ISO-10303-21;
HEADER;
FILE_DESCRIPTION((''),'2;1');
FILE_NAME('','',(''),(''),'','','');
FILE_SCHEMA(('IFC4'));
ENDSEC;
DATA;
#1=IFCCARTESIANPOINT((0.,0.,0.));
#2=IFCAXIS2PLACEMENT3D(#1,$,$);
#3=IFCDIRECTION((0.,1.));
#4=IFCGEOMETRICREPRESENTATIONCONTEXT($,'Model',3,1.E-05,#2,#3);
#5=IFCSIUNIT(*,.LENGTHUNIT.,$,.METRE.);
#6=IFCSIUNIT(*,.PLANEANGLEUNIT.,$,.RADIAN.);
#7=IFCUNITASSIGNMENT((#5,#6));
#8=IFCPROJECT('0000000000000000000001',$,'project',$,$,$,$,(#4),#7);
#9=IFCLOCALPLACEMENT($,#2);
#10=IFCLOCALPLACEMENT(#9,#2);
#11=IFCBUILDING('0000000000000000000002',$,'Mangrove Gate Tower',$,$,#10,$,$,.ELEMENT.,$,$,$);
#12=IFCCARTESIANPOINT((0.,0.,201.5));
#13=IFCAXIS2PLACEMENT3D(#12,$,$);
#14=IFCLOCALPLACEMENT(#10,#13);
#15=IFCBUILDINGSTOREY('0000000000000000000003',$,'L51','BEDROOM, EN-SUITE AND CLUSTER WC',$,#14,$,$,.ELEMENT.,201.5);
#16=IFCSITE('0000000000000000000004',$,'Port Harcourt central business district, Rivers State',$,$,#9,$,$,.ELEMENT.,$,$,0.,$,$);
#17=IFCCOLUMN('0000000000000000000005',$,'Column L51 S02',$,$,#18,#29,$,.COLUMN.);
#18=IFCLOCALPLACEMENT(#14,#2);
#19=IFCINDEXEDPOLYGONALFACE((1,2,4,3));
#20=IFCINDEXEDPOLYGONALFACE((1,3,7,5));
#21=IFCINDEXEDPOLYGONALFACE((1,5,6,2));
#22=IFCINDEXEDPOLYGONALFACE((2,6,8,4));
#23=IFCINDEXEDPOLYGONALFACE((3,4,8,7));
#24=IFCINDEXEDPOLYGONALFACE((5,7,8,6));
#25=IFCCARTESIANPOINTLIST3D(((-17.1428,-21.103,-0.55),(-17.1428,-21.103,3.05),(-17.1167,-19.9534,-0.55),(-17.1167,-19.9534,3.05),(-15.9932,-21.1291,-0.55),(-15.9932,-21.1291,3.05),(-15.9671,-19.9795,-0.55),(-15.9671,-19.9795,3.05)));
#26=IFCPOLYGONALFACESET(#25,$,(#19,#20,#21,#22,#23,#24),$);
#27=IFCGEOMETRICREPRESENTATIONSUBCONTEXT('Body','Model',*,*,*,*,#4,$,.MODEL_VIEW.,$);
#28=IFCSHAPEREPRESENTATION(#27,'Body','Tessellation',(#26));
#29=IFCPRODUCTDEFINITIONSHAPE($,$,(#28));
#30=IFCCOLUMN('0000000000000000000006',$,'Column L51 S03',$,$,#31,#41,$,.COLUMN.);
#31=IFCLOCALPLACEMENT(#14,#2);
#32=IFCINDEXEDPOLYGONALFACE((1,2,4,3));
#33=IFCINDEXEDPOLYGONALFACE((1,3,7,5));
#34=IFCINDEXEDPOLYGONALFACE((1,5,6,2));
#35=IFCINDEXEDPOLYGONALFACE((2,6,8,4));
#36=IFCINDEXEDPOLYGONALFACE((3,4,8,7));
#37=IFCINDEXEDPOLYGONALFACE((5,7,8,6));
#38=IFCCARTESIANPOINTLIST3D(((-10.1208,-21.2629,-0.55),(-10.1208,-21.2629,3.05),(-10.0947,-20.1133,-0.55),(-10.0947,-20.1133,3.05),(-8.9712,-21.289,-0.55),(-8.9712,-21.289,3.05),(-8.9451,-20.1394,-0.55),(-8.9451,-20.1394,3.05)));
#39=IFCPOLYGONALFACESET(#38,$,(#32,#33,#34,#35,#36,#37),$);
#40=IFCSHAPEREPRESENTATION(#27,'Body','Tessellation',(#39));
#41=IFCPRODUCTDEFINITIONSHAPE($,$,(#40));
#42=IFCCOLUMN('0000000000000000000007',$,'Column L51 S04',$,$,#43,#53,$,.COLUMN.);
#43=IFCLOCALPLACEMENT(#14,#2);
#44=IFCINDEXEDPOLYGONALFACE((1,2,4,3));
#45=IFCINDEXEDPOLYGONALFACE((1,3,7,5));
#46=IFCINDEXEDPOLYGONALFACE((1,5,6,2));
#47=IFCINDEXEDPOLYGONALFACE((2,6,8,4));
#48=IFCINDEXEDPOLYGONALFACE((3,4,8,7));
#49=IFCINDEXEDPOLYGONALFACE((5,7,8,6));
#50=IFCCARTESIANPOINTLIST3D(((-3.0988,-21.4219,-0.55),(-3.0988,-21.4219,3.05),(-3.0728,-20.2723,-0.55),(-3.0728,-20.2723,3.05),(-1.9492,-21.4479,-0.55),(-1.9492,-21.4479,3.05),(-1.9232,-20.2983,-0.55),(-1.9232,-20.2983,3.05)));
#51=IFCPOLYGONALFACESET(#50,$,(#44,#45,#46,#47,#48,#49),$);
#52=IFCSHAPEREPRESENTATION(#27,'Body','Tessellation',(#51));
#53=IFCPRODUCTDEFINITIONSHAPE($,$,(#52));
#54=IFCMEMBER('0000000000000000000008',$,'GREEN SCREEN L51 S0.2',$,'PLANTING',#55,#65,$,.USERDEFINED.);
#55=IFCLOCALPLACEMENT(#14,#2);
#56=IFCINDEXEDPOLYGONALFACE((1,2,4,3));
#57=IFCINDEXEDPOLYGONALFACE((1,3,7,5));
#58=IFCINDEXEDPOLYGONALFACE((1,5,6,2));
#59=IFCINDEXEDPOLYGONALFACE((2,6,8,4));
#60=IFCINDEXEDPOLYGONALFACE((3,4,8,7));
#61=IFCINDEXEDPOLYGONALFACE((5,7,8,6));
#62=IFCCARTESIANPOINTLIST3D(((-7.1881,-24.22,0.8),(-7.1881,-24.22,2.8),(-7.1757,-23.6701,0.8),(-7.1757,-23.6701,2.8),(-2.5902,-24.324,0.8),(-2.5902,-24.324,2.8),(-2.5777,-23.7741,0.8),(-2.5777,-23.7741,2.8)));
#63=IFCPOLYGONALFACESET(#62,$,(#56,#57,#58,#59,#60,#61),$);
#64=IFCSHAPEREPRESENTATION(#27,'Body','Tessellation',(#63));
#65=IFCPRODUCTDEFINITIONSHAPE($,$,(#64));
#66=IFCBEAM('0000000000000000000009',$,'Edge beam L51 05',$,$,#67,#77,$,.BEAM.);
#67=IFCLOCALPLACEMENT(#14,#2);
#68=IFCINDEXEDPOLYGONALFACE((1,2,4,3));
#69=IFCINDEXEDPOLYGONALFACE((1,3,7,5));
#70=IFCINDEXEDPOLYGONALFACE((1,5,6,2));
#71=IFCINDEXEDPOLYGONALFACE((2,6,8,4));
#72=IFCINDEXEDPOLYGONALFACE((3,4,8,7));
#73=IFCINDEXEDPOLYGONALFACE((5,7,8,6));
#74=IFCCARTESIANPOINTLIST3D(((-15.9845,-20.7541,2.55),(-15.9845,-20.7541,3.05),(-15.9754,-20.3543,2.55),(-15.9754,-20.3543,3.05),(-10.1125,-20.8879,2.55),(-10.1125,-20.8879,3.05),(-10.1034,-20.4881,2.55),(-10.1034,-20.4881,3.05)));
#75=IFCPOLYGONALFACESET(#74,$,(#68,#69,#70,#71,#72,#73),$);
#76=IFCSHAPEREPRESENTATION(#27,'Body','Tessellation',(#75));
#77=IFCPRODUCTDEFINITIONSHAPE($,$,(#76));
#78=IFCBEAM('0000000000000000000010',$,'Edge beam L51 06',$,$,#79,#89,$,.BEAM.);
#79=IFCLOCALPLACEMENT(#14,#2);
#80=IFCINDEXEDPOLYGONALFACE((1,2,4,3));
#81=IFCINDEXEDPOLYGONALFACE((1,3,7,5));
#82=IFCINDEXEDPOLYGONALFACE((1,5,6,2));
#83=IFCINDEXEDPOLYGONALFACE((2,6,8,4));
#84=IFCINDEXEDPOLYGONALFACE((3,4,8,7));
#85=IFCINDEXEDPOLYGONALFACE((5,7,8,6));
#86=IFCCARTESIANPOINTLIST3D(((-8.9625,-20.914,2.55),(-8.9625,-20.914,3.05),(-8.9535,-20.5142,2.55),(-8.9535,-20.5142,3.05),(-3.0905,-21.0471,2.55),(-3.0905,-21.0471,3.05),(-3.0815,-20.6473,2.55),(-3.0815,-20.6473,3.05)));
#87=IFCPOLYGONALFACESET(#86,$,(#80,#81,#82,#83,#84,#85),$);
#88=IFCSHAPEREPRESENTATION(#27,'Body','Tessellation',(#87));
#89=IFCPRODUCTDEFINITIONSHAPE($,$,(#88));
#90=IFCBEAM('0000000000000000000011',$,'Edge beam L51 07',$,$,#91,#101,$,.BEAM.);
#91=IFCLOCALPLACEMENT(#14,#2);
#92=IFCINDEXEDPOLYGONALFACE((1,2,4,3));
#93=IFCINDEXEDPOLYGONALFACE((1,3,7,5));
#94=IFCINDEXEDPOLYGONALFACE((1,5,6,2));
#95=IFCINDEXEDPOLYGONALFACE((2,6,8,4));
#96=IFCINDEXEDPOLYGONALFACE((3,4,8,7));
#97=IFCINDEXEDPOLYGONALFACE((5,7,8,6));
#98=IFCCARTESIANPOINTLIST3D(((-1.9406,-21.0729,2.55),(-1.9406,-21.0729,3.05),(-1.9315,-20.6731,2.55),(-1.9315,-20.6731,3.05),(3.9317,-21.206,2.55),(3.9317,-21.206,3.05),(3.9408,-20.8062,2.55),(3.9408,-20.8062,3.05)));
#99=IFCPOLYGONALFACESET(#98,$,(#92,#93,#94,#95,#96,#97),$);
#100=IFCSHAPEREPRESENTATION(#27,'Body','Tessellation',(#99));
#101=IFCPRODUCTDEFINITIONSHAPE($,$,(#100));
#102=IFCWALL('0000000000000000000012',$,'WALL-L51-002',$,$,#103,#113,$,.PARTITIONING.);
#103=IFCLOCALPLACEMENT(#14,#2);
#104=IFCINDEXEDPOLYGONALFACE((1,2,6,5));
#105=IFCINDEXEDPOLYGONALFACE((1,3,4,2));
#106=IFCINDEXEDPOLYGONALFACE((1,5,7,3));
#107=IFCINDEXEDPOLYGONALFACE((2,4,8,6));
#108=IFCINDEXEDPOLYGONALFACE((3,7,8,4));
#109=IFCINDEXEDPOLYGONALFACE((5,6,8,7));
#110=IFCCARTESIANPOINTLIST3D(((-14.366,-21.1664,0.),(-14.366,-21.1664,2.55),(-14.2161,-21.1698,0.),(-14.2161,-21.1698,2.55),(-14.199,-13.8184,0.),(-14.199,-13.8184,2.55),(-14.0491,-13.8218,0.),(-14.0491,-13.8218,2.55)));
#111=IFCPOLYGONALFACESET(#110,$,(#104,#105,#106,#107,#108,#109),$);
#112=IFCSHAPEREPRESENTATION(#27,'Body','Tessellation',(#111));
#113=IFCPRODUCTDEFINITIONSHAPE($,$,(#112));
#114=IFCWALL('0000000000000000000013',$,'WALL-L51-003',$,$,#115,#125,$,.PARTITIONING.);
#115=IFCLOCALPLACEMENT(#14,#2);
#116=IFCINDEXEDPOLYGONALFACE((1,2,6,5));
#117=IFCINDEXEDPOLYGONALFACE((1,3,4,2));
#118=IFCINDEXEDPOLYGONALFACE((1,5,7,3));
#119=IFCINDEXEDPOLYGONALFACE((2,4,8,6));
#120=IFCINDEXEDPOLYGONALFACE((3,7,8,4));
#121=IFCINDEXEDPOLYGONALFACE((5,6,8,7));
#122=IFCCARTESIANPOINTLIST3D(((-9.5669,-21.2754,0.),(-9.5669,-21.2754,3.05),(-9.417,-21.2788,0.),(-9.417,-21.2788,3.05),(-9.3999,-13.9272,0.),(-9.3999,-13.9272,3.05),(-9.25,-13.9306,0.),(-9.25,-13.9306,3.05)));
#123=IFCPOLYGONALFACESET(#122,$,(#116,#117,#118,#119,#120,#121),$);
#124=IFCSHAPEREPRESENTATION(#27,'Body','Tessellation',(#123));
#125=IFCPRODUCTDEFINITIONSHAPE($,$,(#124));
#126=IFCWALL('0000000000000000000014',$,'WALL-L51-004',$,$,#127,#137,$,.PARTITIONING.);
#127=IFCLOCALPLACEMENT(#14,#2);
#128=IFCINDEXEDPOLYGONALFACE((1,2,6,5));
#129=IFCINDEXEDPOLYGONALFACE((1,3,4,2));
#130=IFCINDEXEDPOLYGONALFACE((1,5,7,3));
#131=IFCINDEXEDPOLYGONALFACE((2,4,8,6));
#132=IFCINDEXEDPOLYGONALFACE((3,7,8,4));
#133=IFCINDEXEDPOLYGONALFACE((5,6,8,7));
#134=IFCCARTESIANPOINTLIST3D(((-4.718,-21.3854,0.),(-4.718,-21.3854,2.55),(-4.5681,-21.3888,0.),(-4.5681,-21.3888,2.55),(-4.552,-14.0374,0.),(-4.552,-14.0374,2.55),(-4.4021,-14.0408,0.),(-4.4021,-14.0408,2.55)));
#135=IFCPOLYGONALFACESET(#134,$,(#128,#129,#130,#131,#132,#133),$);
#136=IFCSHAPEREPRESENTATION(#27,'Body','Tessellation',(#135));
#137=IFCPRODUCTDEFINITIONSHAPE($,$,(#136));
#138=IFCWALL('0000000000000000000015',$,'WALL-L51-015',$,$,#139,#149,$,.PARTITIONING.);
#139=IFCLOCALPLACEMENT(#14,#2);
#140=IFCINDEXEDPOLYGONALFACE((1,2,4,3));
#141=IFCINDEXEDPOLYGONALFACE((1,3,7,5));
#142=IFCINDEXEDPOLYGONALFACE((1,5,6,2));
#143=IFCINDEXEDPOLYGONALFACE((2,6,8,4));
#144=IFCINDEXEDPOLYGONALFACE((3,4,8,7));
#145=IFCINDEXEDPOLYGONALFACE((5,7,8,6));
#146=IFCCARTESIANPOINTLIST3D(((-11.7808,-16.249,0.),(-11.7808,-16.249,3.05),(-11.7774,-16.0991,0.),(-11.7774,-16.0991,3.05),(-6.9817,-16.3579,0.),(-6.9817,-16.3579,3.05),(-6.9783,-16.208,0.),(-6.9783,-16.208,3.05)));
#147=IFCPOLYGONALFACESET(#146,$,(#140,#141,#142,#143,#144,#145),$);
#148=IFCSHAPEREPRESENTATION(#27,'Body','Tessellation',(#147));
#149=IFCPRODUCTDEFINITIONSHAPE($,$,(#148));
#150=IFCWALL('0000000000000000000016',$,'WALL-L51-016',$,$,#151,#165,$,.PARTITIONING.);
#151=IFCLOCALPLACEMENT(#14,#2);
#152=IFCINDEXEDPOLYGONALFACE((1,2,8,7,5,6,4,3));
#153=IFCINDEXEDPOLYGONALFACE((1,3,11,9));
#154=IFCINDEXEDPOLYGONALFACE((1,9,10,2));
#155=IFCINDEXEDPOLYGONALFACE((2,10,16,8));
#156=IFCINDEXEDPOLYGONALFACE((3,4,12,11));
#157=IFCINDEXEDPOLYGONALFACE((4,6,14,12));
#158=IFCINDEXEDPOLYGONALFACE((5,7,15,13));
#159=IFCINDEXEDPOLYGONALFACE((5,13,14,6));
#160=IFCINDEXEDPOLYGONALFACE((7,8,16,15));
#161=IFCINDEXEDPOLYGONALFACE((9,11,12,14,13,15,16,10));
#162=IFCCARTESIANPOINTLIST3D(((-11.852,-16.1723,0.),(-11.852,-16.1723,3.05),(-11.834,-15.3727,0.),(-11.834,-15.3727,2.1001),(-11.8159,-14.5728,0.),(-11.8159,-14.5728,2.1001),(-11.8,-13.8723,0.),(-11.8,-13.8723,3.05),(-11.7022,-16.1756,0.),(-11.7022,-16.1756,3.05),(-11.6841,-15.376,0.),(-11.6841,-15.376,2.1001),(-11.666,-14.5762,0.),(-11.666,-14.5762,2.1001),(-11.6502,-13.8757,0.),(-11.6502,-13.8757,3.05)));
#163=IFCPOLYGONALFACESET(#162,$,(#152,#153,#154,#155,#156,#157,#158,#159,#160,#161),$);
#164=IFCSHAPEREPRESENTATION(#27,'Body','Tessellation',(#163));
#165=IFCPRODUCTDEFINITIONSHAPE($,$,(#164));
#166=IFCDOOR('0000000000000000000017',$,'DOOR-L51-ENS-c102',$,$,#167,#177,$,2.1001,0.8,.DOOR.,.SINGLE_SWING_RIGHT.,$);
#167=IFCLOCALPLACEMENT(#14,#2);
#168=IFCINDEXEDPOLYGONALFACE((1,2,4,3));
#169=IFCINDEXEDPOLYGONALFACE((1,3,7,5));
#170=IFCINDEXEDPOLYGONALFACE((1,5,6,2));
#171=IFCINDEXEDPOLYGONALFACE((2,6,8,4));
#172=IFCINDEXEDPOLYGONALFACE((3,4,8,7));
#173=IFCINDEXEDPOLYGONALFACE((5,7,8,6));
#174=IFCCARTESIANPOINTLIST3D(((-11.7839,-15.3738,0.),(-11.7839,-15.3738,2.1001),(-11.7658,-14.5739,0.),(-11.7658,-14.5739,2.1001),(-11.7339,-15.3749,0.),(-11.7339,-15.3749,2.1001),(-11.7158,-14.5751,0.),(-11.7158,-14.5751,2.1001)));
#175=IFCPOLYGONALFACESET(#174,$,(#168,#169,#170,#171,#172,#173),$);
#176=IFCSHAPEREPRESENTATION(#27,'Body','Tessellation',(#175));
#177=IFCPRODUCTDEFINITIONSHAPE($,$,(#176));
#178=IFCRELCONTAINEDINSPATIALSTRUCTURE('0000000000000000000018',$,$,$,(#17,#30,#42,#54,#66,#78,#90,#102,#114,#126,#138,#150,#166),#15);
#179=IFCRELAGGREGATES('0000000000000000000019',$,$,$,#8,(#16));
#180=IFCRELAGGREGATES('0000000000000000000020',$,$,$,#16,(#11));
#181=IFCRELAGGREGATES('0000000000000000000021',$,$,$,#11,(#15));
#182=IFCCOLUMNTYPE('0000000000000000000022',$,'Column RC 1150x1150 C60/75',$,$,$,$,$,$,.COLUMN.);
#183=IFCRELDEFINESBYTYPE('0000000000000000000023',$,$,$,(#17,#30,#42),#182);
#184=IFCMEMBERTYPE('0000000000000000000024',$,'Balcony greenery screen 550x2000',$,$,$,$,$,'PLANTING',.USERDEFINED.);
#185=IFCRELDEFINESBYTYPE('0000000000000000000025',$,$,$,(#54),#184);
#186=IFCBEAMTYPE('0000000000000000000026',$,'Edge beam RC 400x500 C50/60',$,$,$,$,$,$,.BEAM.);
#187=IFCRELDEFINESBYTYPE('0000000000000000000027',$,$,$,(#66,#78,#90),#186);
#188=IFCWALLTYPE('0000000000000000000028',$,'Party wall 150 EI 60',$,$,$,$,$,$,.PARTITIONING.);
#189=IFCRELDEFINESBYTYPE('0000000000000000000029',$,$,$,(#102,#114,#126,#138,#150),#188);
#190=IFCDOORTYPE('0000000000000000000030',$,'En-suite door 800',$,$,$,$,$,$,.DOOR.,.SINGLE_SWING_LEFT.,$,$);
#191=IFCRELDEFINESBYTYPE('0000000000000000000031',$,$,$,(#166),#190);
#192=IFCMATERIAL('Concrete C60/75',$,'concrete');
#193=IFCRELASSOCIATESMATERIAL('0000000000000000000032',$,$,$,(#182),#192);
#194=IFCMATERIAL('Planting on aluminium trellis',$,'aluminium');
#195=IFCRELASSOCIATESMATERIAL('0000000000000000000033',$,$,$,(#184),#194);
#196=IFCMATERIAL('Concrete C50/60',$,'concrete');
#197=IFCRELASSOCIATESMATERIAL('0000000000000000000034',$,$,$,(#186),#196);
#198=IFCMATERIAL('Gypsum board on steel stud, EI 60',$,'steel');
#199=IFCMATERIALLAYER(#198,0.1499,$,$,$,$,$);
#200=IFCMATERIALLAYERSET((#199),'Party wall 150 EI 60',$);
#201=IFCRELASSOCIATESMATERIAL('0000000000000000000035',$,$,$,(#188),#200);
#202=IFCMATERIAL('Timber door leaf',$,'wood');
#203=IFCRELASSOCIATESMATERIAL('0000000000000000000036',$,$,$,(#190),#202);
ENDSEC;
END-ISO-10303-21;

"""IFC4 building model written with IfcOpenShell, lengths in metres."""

from ifc_helpers import new_model, si_unit, direction, frame, frame_2d, origin, origin_2d, place, context, subcontext, project, spatial, rectangle, extrude, material, layer, layer_set, material_profile, profile_set, type_object, element, fill, save


model = new_model("IFC4")

# Units and contexts
model_context = context("Model", 3, precision=1e-05, world=origin(), true_north=direction((0.0, 1.0)))
body_context = subcontext(model_context, "Body", "Model", "MODEL_VIEW")
ifc_project = project(units=[si_unit("LENGTHUNIT", "METRE"), si_unit("PLANEANGLEUNIT", "RADIAN")], contexts=[model_context])

# Site, building, storey
site_placement = place(None, origin())
site = spatial("IfcSite", under=ifc_project, at=site_placement, Name="Port Harcourt central business district, Rivers State", CompositionType="ELEMENT", RefElevation=0.0)
building_placement = place(site_placement, origin())
building = spatial("IfcBuilding", under=site, at=building_placement, Name="Mangrove Gate Tower", CompositionType="ELEMENT")
storey_placement = place(building_placement, frame((0.0, 0.0, 201.5)))
storey = spatial("IfcBuildingStorey", under=building, at=storey_placement, Name="L51", Description="BEDROOM, EN-SUITE AND CLUSTER WC", CompositionType="ELEMENT", Elevation=201.5)

# Columns
ifc_material_1 = material(Name="Concrete C60/75", Category="concrete")
ifc_material_profile_1 = material_profile(ifc_material_1, rectangle(XDim=1.1499, YDim=1.1499, at=origin_2d()))
ifc_profile_set_1 = profile_set([ifc_material_profile_1], Name="Concrete C60/75")
column_type = type_object("IfcColumnType", Name="Column RC 1150x1150 C60/75", PredefinedType="COLUMN", material=ifc_profile_set_1)
for number, where, z_axis, x_axis, name in (
    (1, (-16.5549, -20.5413, -0.55), (0.0, 0.0, 1.0), (0.999742, -0.022707, 0.0), "Column L51 S02"),
    (2, (-9.533, -20.7012, -0.55), (0.0, 0.0, 1.0), (0.999742, -0.022708, 0.0), "Column L51 S03"),
    (3, (-2.511, -20.8601, -0.55), (0.0, 0.0, 1.0), (0.999744, -0.022637, 0.0), "Column L51 S04"),
):
    element("IfcColumn", number, at=place(storey_placement, frame(where, z_axis=z_axis, x_axis=x_axis)), inside=storey, type_object=column_type, Name=name, PredefinedType="COLUMN", context=body_context, shape_type="SweptSolid", body=[
        extrude(rectangle(XDim=1.1499, YDim=1.1499, at=origin_2d()), origin(), (0.0, 0.0, 1.0), 3.6001),
    ])

# Member
ifc_material_2 = material(Name="Planting on aluminium trellis", Category="aluminium")
ifc_material_profile_2 = material_profile(ifc_material_2, rectangle(XDim=0.55, YDim=2.0, at=origin_2d()))
ifc_profile_set_2 = profile_set([ifc_material_profile_2], Name="Planting on aluminium trellis")
member_type = type_object("IfcMemberType", Name="Balcony greenery screen 550x2000", ElementType="PLANTING", PredefinedType="USERDEFINED", material=ifc_profile_set_2)
member_placement = place(storey_placement, frame((-7.1819, -23.9451, 1.8), z_axis=(0.999744, -0.022614, 0.0), x_axis=(0.022614, 0.999744, 0.0)))
element("IfcMember", 4, at=member_placement, inside=storey, type_object=member_type, Name="GREEN SCREEN L51 S0.2", ObjectType="PLANTING", PredefinedType="USERDEFINED", context=body_context, shape_type="SweptSolid", body=[
    extrude(rectangle(XDim=0.55, YDim=2.0, at=origin_2d()), origin(), (0.0, 0.0, 1.0), 4.5991),
])

# Beams
ifc_material_3 = material(Name="Concrete C50/60", Category="concrete")
ifc_material_profile_3 = material_profile(ifc_material_3, rectangle(XDim=0.3999, YDim=0.5, at=origin_2d()))
ifc_profile_set_3 = profile_set([ifc_material_profile_3], Name="Concrete C50/60")
beam_type = type_object("IfcBeamType", Name="Edge beam RC 400x500 C50/60", PredefinedType="BEAM", material=ifc_profile_set_3)
for number, where, z_axis, x_axis, name in (
    (5, (-15.98, -20.5542, 2.8), (0.999741, -0.022778, 0.0), (0.022778, 0.999741, 0.0), "Edge beam L51 05"),
    (6, (-8.958, -20.7141, 2.8), (0.999743, -0.022653, 0.0), (0.022653, 0.999743, 0.0), "Edge beam L51 06"),
):
    element("IfcBeam", number, at=place(storey_placement, frame(where, z_axis=z_axis, x_axis=x_axis)), inside=storey, type_object=beam_type, Name=name, PredefinedType="BEAM", context=body_context, shape_type="SweptSolid", body=[
        extrude(rectangle(XDim=0.3999, YDim=0.5, at=origin_2d()), origin(), (0.0, 0.0, 1.0), 5.8735),
    ])
beam_placement = place(storey_placement, frame((-1.936, -20.873, 2.8), z_axis=(0.999743, -0.022652, 0.0), x_axis=(0.022652, 0.999743, 0.0)))
element("IfcBeam", 7, at=beam_placement, inside=storey, type_object=beam_type, Name="Edge beam L51 07", PredefinedType="BEAM", context=body_context, shape_type="SweptSolid", body=[
    extrude(rectangle(XDim=0.3999, YDim=0.5, at=origin_2d()), origin(), (0.0, 0.0, 1.0), 5.8738),
])

# Walls
ifc_material_4 = material(Name="Gypsum board on steel stud, EI 60", Category="steel")
ifc_layer_1 = layer(ifc_material_4, 0.1499)
ifc_layer_set_1 = layer_set([ifc_layer_1], Name="Party wall 150 EI 60")
wall_type_1 = type_object("IfcWallType", Name="Party wall 150 EI 60", PredefinedType="PARTITIONING", material=ifc_layer_set_1)
wall_1_placement = place(storey_placement, frame((-14.291, -21.168, 0.0), z_axis=(0.0, 0.0, 1.0), x_axis=(0.022721, 0.999742, 0.0)))
element("IfcWall", 8, at=wall_1_placement, inside=storey, type_object=wall_type_1, Name="WALL-L51-002", PredefinedType="PARTITIONING", context=body_context, shape_type="SweptSolid", body=[
    extrude(rectangle(XDim=7.3499, YDim=0.1499, at=frame_2d((3.6748, 0.0))), origin(), (0.0, 0.0, 1.0), 2.55),
])
wall_2_placement = place(storey_placement, frame((-9.4919, -21.2771, 0.0), z_axis=(0.0, 0.0, 1.0), x_axis=(0.02272, 0.999742, 0.0)))
element("IfcWall", 9, at=wall_2_placement, inside=storey, type_object=wall_type_1, Name="WALL-L51-003", PredefinedType="PARTITIONING", context=body_context, shape_type="SweptSolid", body=[
    extrude(rectangle(XDim=7.3501, YDim=0.1499, at=frame_2d((3.675, 0.0))), origin(), (0.0, 0.0, 1.0), 3.05),
])
wall_3_placement = place(storey_placement, frame((-4.6431, -21.387, 0.0), z_axis=(0.0, 0.0, 1.0), x_axis=(0.022588, 0.999745, 0.0)))
element("IfcWall", 10, at=wall_3_placement, inside=storey, type_object=wall_type_1, Name="WALL-L51-004", PredefinedType="PARTITIONING", context=body_context, shape_type="SweptSolid", body=[
    extrude(rectangle(XDim=7.3499, YDim=0.1499, at=frame_2d((3.6748, 0.0))), origin(), (0.0, 0.0, 1.0), 2.55),
])
wall_4_placement = place(storey_placement, frame((-11.7791, -16.1741, 0.0), z_axis=(0.0, 0.0, 1.0), x_axis=(0.999743, -0.022683, 0.0)))
element("IfcWall", 11, at=wall_4_placement, inside=storey, type_object=wall_type_1, Name="WALL-L51-015", PredefinedType="PARTITIONING", context=body_context, shape_type="SweptSolid", body=[
    extrude(rectangle(XDim=4.8003, YDim=0.1499, at=frame_2d((2.4001, 0.0))), origin(), (0.0, 0.0, 1.0), 3.05),
])

# Wall, opening, door
wall_5_placement = place(storey_placement, frame((-11.7771, -16.1741, 0.0), z_axis=(0.0, 0.0, 1.0), x_axis=(0.022603, 0.999745, 0.0)))
wall_5 = element("IfcWall", 12, at=wall_5_placement, inside=storey, type_object=wall_type_1, Name="WALL-L51-016", PredefinedType="PARTITIONING", context=body_context, shape_type="SweptSolid", body=[
    extrude(rectangle(XDim=2.3005, YDim=0.1499, at=frame_2d((1.1504, 0.0))), origin(), (0.0, 0.0, 1.0), 3.05),
])
opening_1_placement = place(wall_5_placement, frame((0.8, 0.0, 0.0)))
opening_1 = element("IfcOpeningElement", 13, at=opening_1_placement, cuts=wall_5, PredefinedType="OPENING", context=body_context, shape_type="SweptSolid", body=[
    extrude(rectangle(XDim=0.8, YDim=2.1001, at=frame_2d((0.3999, 1.05))), frame((0.0, 0.085, 0.0), z_axis=(0.0, -1.0, 0.0), x_axis=(1.0, 0.0, 0.0)), (0.0, 0.0, 1.0), 0.1699),
])
ifc_material_5 = material(Name="Timber door leaf", Category="wood")
door_type = type_object("IfcDoorType", Name="En-suite door 800", OperationType="SINGLE_SWING_LEFT", PredefinedType="DOOR", material=ifc_material_5)
door_1_placement = place(opening_1_placement, origin())
door_1 = element("IfcDoor", 14, at=door_1_placement, inside=storey, type_object=door_type, Name="DOOR-L51-ENS-c102", OperationType="SINGLE_SWING_RIGHT", OverallHeight=2.1001, OverallWidth=0.8, PredefinedType="DOOR", context=body_context, shape_type="SweptSolid", body=[
    extrude(rectangle(XDim=0.8, YDim=2.1001, at=frame_2d((0.3999, 1.05))), frame((0.0, 0.0249, 0.0), z_axis=(0.0, -1.0, 0.0), x_axis=(1.0, 0.0, 0.0)), (0.0, 0.0, 1.0), 0.05),
])
fill(opening_1, door_1)

save(model, "model.ifc")
